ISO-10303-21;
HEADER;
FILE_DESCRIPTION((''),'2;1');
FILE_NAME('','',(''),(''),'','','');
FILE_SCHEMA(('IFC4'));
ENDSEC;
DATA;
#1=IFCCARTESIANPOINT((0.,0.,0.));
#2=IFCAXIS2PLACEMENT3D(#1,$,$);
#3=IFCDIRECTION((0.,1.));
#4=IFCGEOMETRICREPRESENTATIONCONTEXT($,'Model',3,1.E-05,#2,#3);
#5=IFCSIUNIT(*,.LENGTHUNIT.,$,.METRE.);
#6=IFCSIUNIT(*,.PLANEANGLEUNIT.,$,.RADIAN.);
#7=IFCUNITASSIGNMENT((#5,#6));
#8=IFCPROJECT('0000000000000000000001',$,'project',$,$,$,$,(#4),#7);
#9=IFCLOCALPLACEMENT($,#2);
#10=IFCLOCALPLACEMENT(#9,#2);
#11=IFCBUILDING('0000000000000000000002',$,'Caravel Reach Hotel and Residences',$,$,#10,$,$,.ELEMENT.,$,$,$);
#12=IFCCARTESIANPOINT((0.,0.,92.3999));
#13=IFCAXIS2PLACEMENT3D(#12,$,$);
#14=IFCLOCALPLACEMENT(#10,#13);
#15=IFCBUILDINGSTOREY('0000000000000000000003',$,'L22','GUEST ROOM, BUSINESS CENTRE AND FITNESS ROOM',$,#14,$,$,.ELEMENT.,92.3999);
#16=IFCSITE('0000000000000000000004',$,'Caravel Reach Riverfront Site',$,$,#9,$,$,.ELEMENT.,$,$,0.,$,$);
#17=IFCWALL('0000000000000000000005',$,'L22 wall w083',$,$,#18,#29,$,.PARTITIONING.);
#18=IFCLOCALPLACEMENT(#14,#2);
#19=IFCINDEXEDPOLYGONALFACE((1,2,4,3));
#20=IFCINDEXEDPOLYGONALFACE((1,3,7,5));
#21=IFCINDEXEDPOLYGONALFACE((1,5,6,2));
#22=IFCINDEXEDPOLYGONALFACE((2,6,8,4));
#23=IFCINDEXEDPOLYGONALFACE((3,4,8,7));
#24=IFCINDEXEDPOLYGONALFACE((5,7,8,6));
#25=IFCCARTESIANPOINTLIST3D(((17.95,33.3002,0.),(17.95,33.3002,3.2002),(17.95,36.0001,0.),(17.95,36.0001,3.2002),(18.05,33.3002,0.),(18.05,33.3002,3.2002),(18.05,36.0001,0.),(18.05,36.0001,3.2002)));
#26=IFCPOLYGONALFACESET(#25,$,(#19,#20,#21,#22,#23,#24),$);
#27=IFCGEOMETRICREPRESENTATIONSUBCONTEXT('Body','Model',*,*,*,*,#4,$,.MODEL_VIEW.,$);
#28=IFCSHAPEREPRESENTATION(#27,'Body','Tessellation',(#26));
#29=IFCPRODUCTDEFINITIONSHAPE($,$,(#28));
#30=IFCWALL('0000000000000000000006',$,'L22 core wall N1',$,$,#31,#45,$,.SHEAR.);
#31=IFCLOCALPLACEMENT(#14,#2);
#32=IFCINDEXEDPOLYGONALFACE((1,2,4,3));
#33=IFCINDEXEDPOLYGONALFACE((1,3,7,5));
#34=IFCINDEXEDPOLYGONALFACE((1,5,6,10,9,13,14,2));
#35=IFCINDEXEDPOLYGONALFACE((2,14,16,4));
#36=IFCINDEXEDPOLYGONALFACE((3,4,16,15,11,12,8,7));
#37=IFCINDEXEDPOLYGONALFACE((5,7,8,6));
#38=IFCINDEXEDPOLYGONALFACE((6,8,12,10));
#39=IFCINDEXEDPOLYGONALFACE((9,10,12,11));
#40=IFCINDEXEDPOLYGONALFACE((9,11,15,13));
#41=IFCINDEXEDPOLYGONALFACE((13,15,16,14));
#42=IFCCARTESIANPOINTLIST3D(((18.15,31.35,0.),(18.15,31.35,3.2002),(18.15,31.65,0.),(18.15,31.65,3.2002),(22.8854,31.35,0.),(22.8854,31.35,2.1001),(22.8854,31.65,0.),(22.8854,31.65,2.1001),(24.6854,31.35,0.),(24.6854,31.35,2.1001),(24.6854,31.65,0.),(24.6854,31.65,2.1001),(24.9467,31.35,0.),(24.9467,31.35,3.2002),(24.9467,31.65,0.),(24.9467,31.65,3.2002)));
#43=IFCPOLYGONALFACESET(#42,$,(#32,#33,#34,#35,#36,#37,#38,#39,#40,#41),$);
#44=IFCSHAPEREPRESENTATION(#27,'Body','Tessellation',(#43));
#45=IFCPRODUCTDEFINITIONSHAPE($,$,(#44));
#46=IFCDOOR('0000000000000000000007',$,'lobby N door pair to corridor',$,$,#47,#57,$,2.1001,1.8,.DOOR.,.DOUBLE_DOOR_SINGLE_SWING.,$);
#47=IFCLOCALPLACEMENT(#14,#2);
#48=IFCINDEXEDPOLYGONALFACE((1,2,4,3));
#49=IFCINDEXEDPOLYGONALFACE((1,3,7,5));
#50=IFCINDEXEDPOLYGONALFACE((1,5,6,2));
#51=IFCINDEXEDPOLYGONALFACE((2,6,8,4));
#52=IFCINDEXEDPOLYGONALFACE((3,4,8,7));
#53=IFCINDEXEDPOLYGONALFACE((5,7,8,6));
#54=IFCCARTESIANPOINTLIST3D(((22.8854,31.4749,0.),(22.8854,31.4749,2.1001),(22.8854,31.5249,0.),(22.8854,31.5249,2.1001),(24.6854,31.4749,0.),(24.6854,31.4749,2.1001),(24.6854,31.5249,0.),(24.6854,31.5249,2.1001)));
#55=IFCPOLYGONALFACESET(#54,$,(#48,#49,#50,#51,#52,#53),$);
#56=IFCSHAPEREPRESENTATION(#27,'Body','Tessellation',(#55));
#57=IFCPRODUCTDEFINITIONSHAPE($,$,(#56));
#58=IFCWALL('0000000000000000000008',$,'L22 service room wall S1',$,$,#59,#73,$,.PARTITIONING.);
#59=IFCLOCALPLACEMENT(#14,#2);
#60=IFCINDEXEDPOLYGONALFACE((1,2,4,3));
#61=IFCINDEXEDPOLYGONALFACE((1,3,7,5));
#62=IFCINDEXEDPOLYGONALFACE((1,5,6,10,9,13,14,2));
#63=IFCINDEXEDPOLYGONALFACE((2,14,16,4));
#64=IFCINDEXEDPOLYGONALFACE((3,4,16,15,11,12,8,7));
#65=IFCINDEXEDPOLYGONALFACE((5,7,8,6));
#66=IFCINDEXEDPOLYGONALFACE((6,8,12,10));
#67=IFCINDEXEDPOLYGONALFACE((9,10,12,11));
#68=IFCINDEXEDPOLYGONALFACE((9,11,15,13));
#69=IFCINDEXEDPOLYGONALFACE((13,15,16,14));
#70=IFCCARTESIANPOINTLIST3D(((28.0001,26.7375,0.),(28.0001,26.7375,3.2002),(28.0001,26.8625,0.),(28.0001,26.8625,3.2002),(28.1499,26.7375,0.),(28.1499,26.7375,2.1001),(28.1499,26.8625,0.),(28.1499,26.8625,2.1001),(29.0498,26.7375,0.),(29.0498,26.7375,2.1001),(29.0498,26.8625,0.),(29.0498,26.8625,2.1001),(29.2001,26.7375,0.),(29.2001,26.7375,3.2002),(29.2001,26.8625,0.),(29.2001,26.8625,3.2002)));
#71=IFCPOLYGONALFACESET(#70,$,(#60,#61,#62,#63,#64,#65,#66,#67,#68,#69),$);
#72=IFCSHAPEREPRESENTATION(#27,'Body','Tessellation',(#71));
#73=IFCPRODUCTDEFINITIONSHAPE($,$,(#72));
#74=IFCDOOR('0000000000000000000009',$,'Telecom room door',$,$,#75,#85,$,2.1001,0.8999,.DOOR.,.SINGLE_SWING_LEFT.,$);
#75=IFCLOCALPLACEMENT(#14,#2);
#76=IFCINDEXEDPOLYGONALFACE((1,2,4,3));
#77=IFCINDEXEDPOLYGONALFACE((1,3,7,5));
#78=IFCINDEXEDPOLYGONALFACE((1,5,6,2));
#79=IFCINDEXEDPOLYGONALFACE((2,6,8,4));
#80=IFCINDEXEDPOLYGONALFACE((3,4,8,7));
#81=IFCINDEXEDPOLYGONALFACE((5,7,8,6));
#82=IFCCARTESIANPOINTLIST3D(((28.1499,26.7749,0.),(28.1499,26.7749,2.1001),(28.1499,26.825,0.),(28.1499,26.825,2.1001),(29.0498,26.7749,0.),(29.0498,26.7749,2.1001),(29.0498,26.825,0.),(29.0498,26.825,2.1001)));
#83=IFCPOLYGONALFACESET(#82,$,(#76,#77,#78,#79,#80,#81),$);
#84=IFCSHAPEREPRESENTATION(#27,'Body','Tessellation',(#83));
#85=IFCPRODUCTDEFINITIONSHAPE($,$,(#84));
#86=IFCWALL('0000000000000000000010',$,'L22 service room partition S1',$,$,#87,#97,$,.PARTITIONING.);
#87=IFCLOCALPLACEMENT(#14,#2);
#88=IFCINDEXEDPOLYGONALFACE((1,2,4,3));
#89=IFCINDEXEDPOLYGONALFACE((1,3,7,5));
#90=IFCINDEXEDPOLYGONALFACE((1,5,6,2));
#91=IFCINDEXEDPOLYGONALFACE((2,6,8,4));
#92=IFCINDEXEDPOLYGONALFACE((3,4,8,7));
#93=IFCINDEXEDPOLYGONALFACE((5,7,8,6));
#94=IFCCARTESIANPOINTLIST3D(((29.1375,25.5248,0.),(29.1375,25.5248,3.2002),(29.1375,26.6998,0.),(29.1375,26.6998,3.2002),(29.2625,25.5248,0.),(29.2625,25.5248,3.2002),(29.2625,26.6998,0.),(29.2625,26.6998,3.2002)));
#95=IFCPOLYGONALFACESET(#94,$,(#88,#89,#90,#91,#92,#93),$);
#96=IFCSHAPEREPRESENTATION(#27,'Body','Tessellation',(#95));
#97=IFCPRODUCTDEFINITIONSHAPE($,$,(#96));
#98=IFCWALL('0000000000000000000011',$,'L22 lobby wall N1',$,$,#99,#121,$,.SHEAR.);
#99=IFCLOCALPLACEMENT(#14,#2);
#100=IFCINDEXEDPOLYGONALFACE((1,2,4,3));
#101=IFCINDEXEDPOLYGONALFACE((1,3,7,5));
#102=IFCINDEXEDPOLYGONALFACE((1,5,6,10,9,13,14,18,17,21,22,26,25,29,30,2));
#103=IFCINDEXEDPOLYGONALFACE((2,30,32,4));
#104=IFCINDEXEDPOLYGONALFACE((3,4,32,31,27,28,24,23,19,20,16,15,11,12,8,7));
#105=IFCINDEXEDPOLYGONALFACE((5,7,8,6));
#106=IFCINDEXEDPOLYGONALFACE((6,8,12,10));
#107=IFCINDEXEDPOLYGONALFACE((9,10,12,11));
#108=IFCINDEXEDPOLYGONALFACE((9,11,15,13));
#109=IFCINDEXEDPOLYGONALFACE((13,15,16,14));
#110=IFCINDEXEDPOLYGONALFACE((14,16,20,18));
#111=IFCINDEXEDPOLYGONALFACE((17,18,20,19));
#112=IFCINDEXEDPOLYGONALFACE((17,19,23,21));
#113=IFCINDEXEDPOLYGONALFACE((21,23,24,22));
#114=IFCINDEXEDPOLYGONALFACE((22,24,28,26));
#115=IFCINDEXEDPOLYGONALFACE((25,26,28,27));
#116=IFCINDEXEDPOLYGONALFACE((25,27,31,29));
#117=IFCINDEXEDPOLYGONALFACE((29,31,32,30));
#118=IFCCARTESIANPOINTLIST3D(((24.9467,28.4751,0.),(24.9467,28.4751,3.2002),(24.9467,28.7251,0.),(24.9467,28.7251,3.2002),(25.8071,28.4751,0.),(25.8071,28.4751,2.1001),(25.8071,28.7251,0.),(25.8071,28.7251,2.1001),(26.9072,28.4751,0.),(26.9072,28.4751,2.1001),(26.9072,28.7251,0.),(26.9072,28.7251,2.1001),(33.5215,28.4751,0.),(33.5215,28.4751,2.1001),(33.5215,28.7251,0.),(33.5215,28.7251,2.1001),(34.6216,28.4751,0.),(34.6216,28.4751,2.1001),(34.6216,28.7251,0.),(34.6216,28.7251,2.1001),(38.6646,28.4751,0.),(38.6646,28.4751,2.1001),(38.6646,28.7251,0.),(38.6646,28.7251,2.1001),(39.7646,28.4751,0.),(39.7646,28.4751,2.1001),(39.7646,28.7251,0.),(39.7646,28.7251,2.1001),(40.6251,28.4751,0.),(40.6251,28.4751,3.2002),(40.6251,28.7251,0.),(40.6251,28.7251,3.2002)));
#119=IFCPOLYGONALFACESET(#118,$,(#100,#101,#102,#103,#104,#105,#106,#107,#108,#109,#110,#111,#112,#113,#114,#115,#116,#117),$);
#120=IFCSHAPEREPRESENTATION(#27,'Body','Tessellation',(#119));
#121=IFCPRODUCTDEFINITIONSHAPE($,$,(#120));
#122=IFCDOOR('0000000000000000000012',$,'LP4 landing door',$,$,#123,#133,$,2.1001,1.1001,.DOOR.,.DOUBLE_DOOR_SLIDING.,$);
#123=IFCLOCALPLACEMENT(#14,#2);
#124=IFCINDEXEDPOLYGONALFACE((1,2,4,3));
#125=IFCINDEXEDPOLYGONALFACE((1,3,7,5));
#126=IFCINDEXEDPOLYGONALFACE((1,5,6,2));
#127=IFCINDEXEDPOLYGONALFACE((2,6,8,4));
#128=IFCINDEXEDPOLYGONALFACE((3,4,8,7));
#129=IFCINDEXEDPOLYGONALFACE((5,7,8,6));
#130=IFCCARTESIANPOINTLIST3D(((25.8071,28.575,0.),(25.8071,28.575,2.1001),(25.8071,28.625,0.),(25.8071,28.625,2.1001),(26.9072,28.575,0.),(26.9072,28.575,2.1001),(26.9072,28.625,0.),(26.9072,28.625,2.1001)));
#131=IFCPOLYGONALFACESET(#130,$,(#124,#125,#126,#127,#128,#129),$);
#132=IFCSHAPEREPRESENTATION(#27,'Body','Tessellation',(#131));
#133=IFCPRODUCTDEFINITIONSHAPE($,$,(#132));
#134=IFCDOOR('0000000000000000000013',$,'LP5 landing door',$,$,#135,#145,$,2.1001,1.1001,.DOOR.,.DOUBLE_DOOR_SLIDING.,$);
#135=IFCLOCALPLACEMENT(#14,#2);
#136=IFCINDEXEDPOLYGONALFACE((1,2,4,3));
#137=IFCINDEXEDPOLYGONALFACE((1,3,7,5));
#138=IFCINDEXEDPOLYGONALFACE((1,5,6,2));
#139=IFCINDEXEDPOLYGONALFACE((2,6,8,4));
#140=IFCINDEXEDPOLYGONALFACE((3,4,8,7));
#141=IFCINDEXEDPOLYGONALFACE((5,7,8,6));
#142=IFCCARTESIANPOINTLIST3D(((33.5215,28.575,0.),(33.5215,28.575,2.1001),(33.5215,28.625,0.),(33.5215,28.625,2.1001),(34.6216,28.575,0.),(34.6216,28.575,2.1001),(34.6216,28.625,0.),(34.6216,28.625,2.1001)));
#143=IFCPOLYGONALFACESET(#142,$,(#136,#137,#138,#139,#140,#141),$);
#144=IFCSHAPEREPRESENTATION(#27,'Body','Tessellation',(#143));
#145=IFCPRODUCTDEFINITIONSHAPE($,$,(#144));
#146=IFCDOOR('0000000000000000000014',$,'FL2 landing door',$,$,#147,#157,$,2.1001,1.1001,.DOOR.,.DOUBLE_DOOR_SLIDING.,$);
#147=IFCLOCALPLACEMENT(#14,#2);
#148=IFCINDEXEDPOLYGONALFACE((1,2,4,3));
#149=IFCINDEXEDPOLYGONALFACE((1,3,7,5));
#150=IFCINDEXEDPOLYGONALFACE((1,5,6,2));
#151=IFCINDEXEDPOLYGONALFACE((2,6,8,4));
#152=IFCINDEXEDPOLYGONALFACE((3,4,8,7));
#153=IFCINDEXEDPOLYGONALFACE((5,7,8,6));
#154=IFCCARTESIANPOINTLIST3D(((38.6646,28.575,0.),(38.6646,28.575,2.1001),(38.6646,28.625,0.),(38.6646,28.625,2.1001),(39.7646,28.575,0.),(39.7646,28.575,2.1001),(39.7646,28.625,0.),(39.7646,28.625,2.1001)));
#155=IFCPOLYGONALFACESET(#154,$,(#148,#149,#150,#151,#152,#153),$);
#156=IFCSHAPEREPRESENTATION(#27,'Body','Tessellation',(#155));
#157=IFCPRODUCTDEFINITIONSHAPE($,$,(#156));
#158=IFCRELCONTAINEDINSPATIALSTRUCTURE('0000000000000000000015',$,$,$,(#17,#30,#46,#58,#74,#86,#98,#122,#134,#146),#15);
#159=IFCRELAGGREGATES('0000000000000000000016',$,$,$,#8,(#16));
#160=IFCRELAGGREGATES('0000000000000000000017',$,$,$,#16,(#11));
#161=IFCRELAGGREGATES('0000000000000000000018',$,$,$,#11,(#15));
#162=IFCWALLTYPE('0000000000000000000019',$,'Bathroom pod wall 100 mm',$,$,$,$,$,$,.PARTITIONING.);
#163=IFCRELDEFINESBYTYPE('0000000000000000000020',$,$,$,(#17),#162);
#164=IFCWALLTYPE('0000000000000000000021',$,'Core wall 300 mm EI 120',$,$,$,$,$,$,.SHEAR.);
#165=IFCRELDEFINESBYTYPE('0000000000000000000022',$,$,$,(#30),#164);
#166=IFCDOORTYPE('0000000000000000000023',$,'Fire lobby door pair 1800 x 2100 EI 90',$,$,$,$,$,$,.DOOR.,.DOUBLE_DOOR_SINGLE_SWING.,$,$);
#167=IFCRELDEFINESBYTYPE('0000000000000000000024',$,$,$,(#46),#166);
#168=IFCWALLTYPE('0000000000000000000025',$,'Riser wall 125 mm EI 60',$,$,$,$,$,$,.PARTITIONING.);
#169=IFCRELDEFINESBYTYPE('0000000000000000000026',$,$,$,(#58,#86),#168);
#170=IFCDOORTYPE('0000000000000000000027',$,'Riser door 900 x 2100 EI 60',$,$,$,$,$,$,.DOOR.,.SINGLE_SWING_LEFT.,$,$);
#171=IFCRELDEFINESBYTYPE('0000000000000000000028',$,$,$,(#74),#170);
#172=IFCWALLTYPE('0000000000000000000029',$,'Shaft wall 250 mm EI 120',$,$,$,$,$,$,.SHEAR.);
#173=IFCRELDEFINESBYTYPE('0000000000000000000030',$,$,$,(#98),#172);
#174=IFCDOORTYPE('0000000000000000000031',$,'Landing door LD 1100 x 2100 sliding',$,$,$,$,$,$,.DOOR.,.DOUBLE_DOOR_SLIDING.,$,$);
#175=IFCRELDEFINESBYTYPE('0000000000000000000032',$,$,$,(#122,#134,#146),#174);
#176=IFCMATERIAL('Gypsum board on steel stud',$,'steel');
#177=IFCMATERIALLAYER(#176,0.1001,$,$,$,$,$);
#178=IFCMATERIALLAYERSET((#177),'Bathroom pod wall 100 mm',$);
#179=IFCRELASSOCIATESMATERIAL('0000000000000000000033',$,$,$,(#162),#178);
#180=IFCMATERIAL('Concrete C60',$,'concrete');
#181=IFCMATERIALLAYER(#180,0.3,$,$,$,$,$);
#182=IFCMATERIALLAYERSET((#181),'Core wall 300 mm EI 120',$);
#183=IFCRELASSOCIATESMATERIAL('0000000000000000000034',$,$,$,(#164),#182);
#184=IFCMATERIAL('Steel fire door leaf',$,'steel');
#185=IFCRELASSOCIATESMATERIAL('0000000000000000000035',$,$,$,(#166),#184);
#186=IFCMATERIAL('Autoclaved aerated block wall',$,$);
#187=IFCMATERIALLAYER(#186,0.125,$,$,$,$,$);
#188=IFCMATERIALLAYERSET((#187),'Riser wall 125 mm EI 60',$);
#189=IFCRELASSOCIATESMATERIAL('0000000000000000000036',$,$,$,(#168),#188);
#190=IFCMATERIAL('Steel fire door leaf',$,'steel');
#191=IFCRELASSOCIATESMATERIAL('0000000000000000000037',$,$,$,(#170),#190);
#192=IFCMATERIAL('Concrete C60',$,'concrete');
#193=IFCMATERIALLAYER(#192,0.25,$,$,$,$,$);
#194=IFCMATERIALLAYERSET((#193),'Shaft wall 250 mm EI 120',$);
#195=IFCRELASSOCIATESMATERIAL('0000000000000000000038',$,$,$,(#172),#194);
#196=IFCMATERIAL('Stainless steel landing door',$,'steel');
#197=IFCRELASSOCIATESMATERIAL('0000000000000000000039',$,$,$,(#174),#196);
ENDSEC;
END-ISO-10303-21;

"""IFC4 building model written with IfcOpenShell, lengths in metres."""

from ifc_helpers import new_model, si_unit, direction, frame, frame_2d, origin, place, context, subcontext, project, spatial, rectangle, extrude, material, layer, layer_set, type_object, element, fill, save


model = new_model("IFC4")

# Units and contexts
model_context = context("Model", 3, precision=1e-05, world=origin(), true_north=direction((0.0, 1.0)))
body_context = subcontext(model_context, "Body", "Model", "MODEL_VIEW")
ifc_project = project(units=[si_unit("LENGTHUNIT", "METRE"), si_unit("PLANEANGLEUNIT", "RADIAN")], contexts=[model_context])

# Site, building, storey
site_placement = place(None, origin())
site = spatial("IfcSite", under=ifc_project, at=site_placement, Name="Caravel Reach Riverfront Site", CompositionType="ELEMENT", RefElevation=0.0)
building_placement = place(site_placement, origin())
building = spatial("IfcBuilding", under=site, at=building_placement, Name="Caravel Reach Hotel and Residences", CompositionType="ELEMENT")
storey_placement = place(building_placement, frame((0.0, 0.0, 92.3999)))
storey = spatial("IfcBuildingStorey", under=building, at=storey_placement, Name="L22", Description="GUEST ROOM, BUSINESS CENTRE AND FITNESS ROOM", CompositionType="ELEMENT", Elevation=92.3999)

# Wall
ifc_material_1 = material(Name="Gypsum board on steel stud", Category="steel")
ifc_layer_1 = layer(ifc_material_1, 0.1001)
ifc_layer_set_1 = layer_set([ifc_layer_1], Name="Bathroom pod wall 100 mm")
wall_type_1 = type_object("IfcWallType", Name="Bathroom pod wall 100 mm", PredefinedType="PARTITIONING", material=ifc_layer_set_1)
wall_1_placement = place(storey_placement, frame((18.0, 33.3, 0.0), z_axis=(0.0, 0.0, 1.0), x_axis=(0.0, 1.0, 0.0)))
element("IfcWall", 1, at=wall_1_placement, inside=storey, type_object=wall_type_1, Name="L22 wall w083", PredefinedType="PARTITIONING", context=body_context, shape_type="SweptSolid", body=[
    extrude(rectangle(XDim=2.7, YDim=0.1001, at=frame_2d((1.3501, 0.0))), origin(), (0.0, 0.0, 1.0), 3.2002),
])

# Walls, openings, doors
ifc_material_2 = material(Name="Concrete C60", Category="concrete")
ifc_layer_2 = layer(ifc_material_2, 0.3)
ifc_layer_set_2 = layer_set([ifc_layer_2], Name="Core wall 300 mm EI 120")
wall_type_2 = type_object("IfcWallType", Name="Core wall 300 mm EI 120", PredefinedType="SHEAR", material=ifc_layer_set_2)
wall_2_placement = place(storey_placement, frame((18.1499, 31.5, 0.0), z_axis=(0.0, 0.0, 1.0), x_axis=(1.0, 0.0, 0.0)))
wall_2 = element("IfcWall", 2, at=wall_2_placement, inside=storey, type_object=wall_type_2, Name="L22 core wall N1", PredefinedType="SHEAR", context=body_context, shape_type="SweptSolid", body=[
    extrude(rectangle(XDim=6.7966, YDim=0.3, at=frame_2d((3.3984, 0.0))), origin(), (0.0, 0.0, 1.0), 3.2002),
])
opening_1_placement = place(wall_2_placement, frame((4.7356, 0.0, 0.0)))
opening_1 = element("IfcOpeningElement", 3, at=opening_1_placement, cuts=wall_2, PredefinedType="OPENING", context=body_context, shape_type="SweptSolid", body=[
    extrude(rectangle(XDim=1.8, YDim=2.1001, at=frame_2d((0.8999, 1.05))), frame((0.0, 0.1599, 0.0), z_axis=(0.0, -1.0, 0.0), x_axis=(1.0, 0.0, 0.0)), (0.0, 0.0, 1.0), 0.3201),
])
ifc_material_3 = material(Name="Steel fire door leaf", Category="steel")
door_type_1 = type_object("IfcDoorType", Name="Fire lobby door pair 1800 x 2100 EI 90", OperationType="DOUBLE_DOOR_SINGLE_SWING", PredefinedType="DOOR", material=ifc_material_3)
door_1_placement = place(opening_1_placement, origin())
door_1 = element("IfcDoor", 4, at=door_1_placement, inside=storey, type_object=door_type_1, Name="lobby N door pair to corridor", OperationType="DOUBLE_DOOR_SINGLE_SWING", OverallHeight=2.1001, OverallWidth=1.8, PredefinedType="DOOR", context=body_context, shape_type="SweptSolid", body=[
    extrude(rectangle(XDim=1.8, YDim=2.1001, at=frame_2d((0.8999, 1.05))), frame((0.0, 0.0249, 0.0), z_axis=(0.0, -1.0, 0.0), x_axis=(1.0, 0.0, 0.0)), (0.0, 0.0, 1.0), 0.05),
])
fill(opening_1, door_1)
ifc_material_4 = material(Name="Autoclaved aerated block wall")
ifc_layer_3 = layer(ifc_material_4, 0.125)
ifc_layer_set_3 = layer_set([ifc_layer_3], Name="Riser wall 125 mm EI 60")
wall_type_3 = type_object("IfcWallType", Name="Riser wall 125 mm EI 60", PredefinedType="PARTITIONING", material=ifc_layer_set_3)
wall_3_placement = place(storey_placement, frame((28.0, 26.8, 0.0), z_axis=(0.0, 0.0, 1.0), x_axis=(1.0, 0.0, 0.0)))
wall_3 = element("IfcWall", 5, at=wall_3_placement, inside=storey, type_object=wall_type_3, Name="L22 service room wall S1", PredefinedType="PARTITIONING", context=body_context, shape_type="SweptSolid", body=[
    extrude(rectangle(XDim=1.2, YDim=0.125, at=frame_2d((0.6001, 0.0))), origin(), (0.0, 0.0, 1.0), 3.2002),
])
opening_2_placement = place(wall_3_placement, frame((0.1499, 0.0, 0.0)))
opening_2 = element("IfcOpeningElement", 6, at=opening_2_placement, cuts=wall_3, PredefinedType="OPENING", context=body_context, shape_type="SweptSolid", body=[
    extrude(rectangle(XDim=0.8999, YDim=2.1001, at=frame_2d((0.45, 1.05))), frame((0.0, 0.0725, 0.0), z_axis=(0.0, -1.0, 0.0), x_axis=(1.0, 0.0, 0.0)), (0.0, 0.0, 1.0), 0.145),
])
ifc_material_5 = material(Name="Steel fire door leaf", Category="steel")
door_type_2 = type_object("IfcDoorType", Name="Riser door 900 x 2100 EI 60", OperationType="SINGLE_SWING_LEFT", PredefinedType="DOOR", material=ifc_material_5)
door_2_placement = place(opening_2_placement, origin())
door_2 = element("IfcDoor", 7, at=door_2_placement, inside=storey, type_object=door_type_2, Name="Telecom room door", OperationType="SINGLE_SWING_LEFT", OverallHeight=2.1001, OverallWidth=0.8999, PredefinedType="DOOR", context=body_context, shape_type="SweptSolid", body=[
    extrude(rectangle(XDim=0.8999, YDim=2.1001, at=frame_2d((0.45, 1.05))), frame((0.0, 0.0249, 0.0), z_axis=(0.0, -1.0, 0.0), x_axis=(1.0, 0.0, 0.0)), (0.0, 0.0, 1.0), 0.05),
])
fill(opening_2, door_2)

# Wall
wall_4_placement = place(storey_placement, frame((29.2, 25.5249, 0.0), z_axis=(0.0, 0.0, 1.0), x_axis=(0.0, 1.0, 0.0)))
element("IfcWall", 8, at=wall_4_placement, inside=storey, type_object=wall_type_3, Name="L22 service room partition S1", PredefinedType="PARTITIONING", context=body_context, shape_type="SweptSolid", body=[
    extrude(rectangle(XDim=1.175, YDim=0.125, at=frame_2d((0.5874, 0.0))), origin(), (0.0, 0.0, 1.0), 3.2002),
])

# Wall, openings, doors
ifc_material_6 = material(Name="Concrete C60", Category="concrete")
ifc_layer_4 = layer(ifc_material_6, 0.25)
ifc_layer_set_4 = layer_set([ifc_layer_4], Name="Shaft wall 250 mm EI 120")
wall_type_4 = type_object("IfcWallType", Name="Shaft wall 250 mm EI 120", PredefinedType="SHEAR", material=ifc_layer_set_4)
wall_5_placement = place(storey_placement, frame((24.9465, 28.6001, 0.0), z_axis=(0.0, 0.0, 1.0), x_axis=(1.0, 0.0, 0.0)))
wall_5 = element("IfcWall", 9, at=wall_5_placement, inside=storey, type_object=wall_type_4, Name="L22 lobby wall N1", PredefinedType="SHEAR", context=body_context, shape_type="SweptSolid", body=[
    extrude(rectangle(XDim=15.6785, YDim=0.25, at=frame_2d((7.8394, 0.0))), origin(), (0.0, 0.0, 1.0), 3.2002),
])
opening_3_placement = place(wall_5_placement, frame((0.8606, 0.0, 0.0)))
opening_3 = element("IfcOpeningElement", 10, at=opening_3_placement, cuts=wall_5, PredefinedType="OPENING", context=body_context, shape_type="SweptSolid", body=[
    extrude(rectangle(XDim=1.1001, YDim=2.1001, at=frame_2d((0.55, 1.05))), frame((0.0, 0.135, 0.0), z_axis=(0.0, -1.0, 0.0), x_axis=(1.0, 0.0, 0.0)), (0.0, 0.0, 1.0), 0.27),
])
opening_4_placement = place(wall_5_placement, frame((8.575, 0.0, 0.0)))
opening_4 = element("IfcOpeningElement", 11, at=opening_4_placement, cuts=wall_5, PredefinedType="OPENING", context=body_context, shape_type="SweptSolid", body=[
    extrude(rectangle(XDim=1.1001, YDim=2.1001, at=frame_2d((0.55, 1.05))), frame((0.0, 0.135, 0.0), z_axis=(0.0, -1.0, 0.0), x_axis=(1.0, 0.0, 0.0)), (0.0, 0.0, 1.0), 0.27),
])
opening_5_placement = place(wall_5_placement, frame((13.718, 0.0, 0.0)))
opening_5 = element("IfcOpeningElement", 12, at=opening_5_placement, cuts=wall_5, PredefinedType="OPENING", context=body_context, shape_type="SweptSolid", body=[
    extrude(rectangle(XDim=1.1001, YDim=2.1001, at=frame_2d((0.55, 1.05))), frame((0.0, 0.135, 0.0), z_axis=(0.0, -1.0, 0.0), x_axis=(1.0, 0.0, 0.0)), (0.0, 0.0, 1.0), 0.27),
])
ifc_material_7 = material(Name="Stainless steel landing door", Category="steel")
door_type_3 = type_object("IfcDoorType", Name="Landing door LD 1100 x 2100 sliding", OperationType="DOUBLE_DOOR_SLIDING", PredefinedType="DOOR", material=ifc_material_7)
door_3_placement = place(opening_3_placement, origin())
door_3 = element("IfcDoor", 13, at=door_3_placement, inside=storey, type_object=door_type_3, Name="LP4 landing door", OperationType="DOUBLE_DOOR_SLIDING", OverallHeight=2.1001, OverallWidth=1.1001, PredefinedType="DOOR", context=body_context, shape_type="SweptSolid", body=[
    extrude(rectangle(XDim=1.1001, YDim=2.1001, at=frame_2d((0.55, 1.05))), frame((0.0, 0.0249, 0.0), z_axis=(0.0, -1.0, 0.0), x_axis=(1.0, 0.0, 0.0)), (0.0, 0.0, 1.0), 0.05),
])
fill(opening_3, door_3)
door_4_placement = place(opening_4_placement, origin())
door_4 = element("IfcDoor", 14, at=door_4_placement, inside=storey, type_object=door_type_3, Name="LP5 landing door", OperationType="DOUBLE_DOOR_SLIDING", OverallHeight=2.1001, OverallWidth=1.1001, PredefinedType="DOOR", context=body_context, shape_type="SweptSolid", body=[
    extrude(rectangle(XDim=1.1001, YDim=2.1001, at=frame_2d((0.55, 1.05))), frame((0.0, 0.0249, 0.0), z_axis=(0.0, -1.0, 0.0), x_axis=(1.0, 0.0, 0.0)), (0.0, 0.0, 1.0), 0.05),
])
fill(opening_4, door_4)
door_5_placement = place(opening_5_placement, origin())
door_5 = element("IfcDoor", 15, at=door_5_placement, inside=storey, type_object=door_type_3, Name="FL2 landing door", OperationType="DOUBLE_DOOR_SLIDING", OverallHeight=2.1001, OverallWidth=1.1001, PredefinedType="DOOR", context=body_context, shape_type="SweptSolid", body=[
    extrude(rectangle(XDim=1.1001, YDim=2.1001, at=frame_2d((0.55, 1.05))), frame((0.0, 0.0249, 0.0), z_axis=(0.0, -1.0, 0.0), x_axis=(1.0, 0.0, 0.0)), (0.0, 0.0, 1.0), 0.05),
])
fill(opening_5, door_5)

save(model, "model.ifc")
